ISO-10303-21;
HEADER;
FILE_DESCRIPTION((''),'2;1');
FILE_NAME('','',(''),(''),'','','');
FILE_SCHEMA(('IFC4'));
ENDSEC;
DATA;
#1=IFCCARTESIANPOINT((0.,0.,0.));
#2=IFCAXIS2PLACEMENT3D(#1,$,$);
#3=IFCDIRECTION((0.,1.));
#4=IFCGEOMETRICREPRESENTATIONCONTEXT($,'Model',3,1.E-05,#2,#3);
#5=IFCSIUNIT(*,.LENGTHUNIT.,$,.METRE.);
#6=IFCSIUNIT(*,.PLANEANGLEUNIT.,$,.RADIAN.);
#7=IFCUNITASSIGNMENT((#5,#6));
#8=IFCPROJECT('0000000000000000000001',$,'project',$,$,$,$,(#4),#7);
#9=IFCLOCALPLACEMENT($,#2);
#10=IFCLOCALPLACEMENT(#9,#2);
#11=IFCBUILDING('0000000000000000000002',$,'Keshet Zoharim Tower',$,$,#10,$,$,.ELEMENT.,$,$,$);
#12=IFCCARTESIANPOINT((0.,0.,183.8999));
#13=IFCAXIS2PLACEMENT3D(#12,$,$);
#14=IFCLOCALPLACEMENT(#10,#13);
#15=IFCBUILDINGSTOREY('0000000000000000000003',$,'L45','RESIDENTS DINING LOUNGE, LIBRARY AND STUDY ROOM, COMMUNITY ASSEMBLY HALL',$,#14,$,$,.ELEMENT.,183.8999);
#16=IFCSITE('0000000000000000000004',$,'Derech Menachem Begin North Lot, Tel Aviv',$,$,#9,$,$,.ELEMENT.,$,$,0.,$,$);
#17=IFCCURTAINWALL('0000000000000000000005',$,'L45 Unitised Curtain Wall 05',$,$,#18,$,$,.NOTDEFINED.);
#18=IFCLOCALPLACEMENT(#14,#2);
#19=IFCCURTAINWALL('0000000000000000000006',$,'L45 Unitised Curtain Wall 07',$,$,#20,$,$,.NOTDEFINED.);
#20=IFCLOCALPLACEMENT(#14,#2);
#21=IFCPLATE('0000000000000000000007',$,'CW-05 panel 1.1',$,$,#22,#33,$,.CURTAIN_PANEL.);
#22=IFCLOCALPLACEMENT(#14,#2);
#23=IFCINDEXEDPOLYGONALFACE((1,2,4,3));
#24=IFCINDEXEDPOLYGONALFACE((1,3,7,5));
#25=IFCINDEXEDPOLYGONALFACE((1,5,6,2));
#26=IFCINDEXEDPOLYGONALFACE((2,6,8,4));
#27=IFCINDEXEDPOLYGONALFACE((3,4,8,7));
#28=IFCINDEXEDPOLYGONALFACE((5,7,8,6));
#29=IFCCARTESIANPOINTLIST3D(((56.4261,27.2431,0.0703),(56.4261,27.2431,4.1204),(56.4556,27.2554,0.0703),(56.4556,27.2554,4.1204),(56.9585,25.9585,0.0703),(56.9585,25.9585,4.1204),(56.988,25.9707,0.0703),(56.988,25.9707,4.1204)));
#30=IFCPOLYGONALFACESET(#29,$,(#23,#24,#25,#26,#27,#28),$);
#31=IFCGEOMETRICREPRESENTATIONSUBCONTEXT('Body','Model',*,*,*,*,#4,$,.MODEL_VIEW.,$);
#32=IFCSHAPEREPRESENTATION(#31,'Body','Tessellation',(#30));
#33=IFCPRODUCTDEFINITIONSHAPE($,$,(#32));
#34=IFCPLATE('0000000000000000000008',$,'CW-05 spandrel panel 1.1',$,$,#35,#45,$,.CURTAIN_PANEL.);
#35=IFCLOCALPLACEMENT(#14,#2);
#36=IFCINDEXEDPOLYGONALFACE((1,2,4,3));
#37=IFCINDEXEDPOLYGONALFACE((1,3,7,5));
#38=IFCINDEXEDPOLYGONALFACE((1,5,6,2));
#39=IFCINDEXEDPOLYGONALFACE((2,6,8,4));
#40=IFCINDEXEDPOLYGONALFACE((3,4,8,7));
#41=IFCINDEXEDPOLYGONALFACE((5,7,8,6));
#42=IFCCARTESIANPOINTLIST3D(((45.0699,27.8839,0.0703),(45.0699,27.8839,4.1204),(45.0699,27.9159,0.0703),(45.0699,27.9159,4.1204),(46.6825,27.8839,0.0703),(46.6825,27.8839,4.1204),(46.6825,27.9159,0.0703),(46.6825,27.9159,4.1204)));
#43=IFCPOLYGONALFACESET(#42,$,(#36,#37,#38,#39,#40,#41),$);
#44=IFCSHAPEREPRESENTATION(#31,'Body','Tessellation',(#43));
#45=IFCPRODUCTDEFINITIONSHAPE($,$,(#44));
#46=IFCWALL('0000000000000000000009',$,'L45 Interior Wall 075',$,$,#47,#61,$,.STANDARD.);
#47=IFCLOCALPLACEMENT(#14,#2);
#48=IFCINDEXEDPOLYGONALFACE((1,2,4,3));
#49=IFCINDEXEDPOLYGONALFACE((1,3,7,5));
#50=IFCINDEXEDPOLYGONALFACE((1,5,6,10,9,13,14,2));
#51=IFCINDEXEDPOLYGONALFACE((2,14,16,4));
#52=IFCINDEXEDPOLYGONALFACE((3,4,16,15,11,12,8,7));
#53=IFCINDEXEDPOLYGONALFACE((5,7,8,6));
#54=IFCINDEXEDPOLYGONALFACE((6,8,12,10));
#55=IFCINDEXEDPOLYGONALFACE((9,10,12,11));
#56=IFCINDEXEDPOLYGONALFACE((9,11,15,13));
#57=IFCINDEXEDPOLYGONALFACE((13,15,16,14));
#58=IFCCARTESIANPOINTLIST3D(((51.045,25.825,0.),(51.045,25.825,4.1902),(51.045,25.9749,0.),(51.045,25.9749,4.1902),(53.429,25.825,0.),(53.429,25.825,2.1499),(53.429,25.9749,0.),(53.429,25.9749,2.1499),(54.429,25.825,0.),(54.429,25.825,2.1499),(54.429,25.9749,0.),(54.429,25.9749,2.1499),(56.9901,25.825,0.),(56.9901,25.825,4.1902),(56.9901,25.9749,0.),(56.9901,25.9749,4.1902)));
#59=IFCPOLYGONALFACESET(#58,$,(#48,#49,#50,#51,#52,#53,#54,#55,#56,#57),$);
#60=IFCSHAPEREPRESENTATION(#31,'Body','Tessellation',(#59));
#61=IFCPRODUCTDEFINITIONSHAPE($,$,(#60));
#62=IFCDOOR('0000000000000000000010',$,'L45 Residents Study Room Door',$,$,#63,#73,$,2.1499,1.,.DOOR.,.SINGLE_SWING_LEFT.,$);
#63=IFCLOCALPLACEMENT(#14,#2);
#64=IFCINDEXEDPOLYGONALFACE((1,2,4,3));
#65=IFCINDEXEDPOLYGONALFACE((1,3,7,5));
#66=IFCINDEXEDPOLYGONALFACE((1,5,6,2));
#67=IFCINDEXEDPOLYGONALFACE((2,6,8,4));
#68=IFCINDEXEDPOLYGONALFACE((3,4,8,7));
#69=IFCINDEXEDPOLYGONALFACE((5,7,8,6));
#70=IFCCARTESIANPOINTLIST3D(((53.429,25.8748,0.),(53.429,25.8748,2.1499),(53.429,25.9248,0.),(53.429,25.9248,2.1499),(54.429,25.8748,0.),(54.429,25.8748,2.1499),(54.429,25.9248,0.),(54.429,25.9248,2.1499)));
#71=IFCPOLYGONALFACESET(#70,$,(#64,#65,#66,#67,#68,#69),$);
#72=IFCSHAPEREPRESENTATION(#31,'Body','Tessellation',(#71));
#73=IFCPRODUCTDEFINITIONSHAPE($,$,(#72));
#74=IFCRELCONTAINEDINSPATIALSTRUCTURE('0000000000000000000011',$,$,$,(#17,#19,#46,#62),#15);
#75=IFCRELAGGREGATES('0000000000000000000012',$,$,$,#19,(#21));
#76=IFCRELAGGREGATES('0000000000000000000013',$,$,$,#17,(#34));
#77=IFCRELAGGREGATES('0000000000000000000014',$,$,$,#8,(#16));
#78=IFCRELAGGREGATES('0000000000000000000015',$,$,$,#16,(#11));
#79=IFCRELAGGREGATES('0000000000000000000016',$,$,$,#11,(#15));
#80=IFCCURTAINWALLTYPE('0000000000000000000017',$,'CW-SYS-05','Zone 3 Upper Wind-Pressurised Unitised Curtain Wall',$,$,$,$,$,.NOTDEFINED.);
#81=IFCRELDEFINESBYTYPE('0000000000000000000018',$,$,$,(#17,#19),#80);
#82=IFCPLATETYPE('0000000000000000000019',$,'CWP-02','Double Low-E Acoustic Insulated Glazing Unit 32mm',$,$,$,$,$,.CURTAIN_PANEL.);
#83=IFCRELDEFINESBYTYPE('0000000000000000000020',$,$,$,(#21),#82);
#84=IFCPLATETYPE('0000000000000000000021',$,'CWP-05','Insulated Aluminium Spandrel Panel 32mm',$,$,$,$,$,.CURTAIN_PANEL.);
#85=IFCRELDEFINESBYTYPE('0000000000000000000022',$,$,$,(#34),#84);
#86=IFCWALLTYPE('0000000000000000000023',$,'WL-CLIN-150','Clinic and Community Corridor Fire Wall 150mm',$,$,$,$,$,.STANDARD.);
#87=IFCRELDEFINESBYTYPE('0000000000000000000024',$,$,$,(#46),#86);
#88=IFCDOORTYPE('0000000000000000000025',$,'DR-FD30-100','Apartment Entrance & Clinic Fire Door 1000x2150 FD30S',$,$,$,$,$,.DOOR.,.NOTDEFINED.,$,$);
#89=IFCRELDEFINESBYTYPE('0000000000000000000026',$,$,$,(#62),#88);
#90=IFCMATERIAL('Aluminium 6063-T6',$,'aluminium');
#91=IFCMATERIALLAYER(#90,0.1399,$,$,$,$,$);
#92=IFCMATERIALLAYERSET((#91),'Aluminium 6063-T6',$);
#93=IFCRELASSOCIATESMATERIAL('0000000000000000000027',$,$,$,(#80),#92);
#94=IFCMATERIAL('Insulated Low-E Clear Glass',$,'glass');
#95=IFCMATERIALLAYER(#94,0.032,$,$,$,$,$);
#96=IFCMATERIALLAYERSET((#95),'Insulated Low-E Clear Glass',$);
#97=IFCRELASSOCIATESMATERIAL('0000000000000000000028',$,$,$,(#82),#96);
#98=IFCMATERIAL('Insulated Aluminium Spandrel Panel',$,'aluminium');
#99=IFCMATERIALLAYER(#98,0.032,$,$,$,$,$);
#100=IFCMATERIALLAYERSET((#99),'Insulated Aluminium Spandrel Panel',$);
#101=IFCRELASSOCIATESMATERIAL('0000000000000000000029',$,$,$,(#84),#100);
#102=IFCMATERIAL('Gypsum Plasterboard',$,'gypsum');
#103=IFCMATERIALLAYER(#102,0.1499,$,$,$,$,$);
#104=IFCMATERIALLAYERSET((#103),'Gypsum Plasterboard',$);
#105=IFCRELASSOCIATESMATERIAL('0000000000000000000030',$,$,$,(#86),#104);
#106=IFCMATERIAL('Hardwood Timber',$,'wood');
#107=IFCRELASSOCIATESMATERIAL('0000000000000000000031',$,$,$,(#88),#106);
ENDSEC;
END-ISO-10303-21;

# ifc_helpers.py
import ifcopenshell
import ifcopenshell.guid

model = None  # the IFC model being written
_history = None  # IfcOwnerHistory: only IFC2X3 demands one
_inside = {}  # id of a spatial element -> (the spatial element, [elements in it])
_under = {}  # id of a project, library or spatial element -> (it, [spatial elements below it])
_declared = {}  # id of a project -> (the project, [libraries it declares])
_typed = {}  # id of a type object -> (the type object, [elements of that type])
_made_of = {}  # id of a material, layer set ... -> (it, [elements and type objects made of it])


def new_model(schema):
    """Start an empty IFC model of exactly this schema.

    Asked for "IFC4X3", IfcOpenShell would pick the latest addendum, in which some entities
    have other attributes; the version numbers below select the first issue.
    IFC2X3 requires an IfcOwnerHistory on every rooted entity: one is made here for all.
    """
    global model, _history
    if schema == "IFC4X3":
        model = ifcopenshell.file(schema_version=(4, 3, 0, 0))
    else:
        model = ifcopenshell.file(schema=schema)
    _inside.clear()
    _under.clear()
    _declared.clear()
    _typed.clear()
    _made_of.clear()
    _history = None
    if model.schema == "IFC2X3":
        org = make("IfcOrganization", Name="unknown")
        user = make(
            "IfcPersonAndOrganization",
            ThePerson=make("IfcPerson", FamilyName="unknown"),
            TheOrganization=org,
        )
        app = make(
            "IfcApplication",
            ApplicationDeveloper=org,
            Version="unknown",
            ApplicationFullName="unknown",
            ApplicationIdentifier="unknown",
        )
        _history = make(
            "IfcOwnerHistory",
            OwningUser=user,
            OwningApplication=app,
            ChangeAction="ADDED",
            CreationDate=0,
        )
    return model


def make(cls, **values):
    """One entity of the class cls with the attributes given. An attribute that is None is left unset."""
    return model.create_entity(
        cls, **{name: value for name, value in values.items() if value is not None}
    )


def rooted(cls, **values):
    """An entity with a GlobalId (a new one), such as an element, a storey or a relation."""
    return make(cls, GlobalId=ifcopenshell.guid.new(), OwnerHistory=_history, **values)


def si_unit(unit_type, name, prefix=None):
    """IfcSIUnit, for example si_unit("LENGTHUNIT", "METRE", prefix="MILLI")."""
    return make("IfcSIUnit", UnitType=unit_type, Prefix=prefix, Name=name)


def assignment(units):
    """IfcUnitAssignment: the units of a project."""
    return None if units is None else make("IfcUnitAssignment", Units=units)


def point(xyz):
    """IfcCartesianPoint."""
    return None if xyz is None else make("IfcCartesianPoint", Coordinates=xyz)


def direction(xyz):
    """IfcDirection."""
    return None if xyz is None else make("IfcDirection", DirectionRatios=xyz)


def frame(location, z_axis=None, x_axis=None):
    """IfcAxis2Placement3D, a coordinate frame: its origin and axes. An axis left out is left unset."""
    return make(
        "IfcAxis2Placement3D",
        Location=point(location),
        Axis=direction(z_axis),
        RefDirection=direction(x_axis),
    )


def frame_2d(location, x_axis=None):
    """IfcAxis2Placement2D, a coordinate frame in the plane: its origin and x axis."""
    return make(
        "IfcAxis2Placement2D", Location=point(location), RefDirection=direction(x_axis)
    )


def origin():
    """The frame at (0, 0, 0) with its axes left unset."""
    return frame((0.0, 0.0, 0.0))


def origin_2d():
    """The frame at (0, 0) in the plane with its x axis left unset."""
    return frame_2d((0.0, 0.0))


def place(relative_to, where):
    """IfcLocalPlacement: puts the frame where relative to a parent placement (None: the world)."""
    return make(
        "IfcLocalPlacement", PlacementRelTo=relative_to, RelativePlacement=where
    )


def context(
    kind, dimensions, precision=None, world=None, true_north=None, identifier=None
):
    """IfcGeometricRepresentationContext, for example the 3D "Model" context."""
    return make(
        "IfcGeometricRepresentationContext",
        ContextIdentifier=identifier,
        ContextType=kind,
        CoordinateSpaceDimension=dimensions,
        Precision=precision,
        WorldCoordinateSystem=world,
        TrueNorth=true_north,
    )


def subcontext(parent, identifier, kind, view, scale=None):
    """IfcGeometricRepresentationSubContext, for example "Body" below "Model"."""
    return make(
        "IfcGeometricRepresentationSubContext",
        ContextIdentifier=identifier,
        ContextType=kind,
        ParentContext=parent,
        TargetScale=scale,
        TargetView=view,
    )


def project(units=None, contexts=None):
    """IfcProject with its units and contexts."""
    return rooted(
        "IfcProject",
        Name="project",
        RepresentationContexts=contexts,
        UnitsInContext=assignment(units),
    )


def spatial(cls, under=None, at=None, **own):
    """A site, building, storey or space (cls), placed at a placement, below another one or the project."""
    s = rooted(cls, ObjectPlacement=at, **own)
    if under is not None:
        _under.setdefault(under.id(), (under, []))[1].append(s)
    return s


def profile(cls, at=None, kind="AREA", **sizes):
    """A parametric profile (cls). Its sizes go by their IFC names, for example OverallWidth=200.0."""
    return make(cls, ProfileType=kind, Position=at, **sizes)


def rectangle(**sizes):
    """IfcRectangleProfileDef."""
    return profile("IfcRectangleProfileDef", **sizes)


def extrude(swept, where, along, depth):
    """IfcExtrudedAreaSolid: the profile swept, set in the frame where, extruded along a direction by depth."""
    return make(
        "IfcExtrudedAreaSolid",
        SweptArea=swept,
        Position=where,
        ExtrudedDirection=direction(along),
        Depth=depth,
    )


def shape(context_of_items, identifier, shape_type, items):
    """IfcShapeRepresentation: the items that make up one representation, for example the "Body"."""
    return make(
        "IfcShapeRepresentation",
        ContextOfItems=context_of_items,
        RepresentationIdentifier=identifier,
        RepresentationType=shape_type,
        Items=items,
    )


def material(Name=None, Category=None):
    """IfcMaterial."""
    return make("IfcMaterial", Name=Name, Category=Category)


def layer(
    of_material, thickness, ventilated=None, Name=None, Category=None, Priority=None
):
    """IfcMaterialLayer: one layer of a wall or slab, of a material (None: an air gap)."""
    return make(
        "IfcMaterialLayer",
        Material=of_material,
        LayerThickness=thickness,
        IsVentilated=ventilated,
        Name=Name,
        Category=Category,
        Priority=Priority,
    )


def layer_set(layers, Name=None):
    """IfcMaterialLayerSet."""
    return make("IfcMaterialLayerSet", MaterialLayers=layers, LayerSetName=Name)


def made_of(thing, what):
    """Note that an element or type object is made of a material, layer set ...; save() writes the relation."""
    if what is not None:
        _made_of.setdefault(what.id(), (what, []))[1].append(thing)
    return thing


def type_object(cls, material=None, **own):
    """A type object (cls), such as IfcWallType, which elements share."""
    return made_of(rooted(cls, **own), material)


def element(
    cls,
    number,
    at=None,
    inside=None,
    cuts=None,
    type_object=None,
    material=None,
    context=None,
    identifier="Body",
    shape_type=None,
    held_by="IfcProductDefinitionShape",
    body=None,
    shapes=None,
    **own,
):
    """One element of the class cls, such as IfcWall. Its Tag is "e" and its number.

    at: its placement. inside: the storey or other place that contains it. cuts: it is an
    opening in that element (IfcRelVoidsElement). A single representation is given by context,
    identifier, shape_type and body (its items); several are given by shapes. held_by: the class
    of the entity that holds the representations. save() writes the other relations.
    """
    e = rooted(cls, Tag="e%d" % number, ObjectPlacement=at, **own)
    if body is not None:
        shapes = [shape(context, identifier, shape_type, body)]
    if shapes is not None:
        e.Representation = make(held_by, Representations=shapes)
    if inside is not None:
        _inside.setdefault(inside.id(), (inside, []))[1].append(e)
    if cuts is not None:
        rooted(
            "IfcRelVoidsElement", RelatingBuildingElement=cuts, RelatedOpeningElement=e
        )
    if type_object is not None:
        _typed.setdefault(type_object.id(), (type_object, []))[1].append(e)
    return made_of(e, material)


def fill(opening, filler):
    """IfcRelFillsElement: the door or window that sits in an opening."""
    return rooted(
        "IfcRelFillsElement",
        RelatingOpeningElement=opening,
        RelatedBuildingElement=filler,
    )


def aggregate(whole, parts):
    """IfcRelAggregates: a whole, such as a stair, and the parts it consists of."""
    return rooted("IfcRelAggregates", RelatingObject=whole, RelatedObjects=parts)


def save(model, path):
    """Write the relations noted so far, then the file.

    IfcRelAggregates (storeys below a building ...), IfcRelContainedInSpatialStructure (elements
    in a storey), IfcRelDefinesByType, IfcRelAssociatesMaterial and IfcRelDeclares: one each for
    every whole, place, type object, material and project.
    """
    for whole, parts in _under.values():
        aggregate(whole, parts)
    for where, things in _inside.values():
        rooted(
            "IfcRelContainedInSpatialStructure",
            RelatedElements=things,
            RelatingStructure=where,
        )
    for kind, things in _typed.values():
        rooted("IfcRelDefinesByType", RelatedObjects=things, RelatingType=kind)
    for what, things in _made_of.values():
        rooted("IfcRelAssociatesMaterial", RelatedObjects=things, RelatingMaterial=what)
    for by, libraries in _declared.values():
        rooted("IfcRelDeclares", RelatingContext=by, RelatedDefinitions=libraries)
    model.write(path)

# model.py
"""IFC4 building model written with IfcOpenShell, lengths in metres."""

from ifc_helpers import new_model, si_unit, direction, frame, frame_2d, origin, origin_2d, place, context, subcontext, project, spatial, rectangle, extrude, material, layer, layer_set, type_object, element, fill, aggregate, save


model = new_model("IFC4")

# Units and contexts
model_context = context("Model", 3, precision=1e-05, world=origin(), true_north=direction((0.0, 1.0)))
body_context = subcontext(model_context, "Body", "Model", "MODEL_VIEW")
ifc_project = project(units=[si_unit("LENGTHUNIT", "METRE"), si_unit("PLANEANGLEUNIT", "RADIAN")], contexts=[model_context])

# Site, building, storey
site_placement = place(None, origin())
site = spatial("IfcSite", under=ifc_project, at=site_placement, Name="Derech Menachem Begin North Lot, Tel Aviv", CompositionType="ELEMENT", RefElevation=0.0)
building_placement = place(site_placement, origin())
building = spatial("IfcBuilding", under=site, at=building_placement, Name="Keshet Zoharim Tower", CompositionType="ELEMENT")
storey_placement = place(building_placement, frame((0.0, 0.0, 183.8999)))
storey = spatial("IfcBuildingStorey", under=building, at=storey_placement, Name="L45", Description="RESIDENTS DINING LOUNGE, LIBRARY AND STUDY ROOM, COMMUNITY ASSEMBLY HALL", CompositionType="ELEMENT", Elevation=183.8999)

# Curtain wall
ifc_material_1 = material(Name="Aluminium 6063-T6", Category="aluminium")
ifc_layer_1 = layer(ifc_material_1, 0.1399)
ifc_layer_set_1 = layer_set([ifc_layer_1], Name="Aluminium 6063-T6")
curtain_wall_type = type_object("IfcCurtainWallType", Name="CW-SYS-05", Description="Zone 3 Upper Wind-Pressurised Unitised Curtain Wall", PredefinedType="NOTDEFINED", material=ifc_layer_set_1)
curtain_wall_1_placement = place(storey_placement, origin())
curtain_wall_1 = element("IfcCurtainWall", 1, at=curtain_wall_1_placement, inside=storey, type_object=curtain_wall_type, Name="L45 Unitised Curtain Wall 05", PredefinedType="NOTDEFINED")

# Curtain wall
curtain_wall_2_placement = place(storey_placement, origin())
curtain_wall_2 = element("IfcCurtainWall", 2, at=curtain_wall_2_placement, inside=storey, type_object=curtain_wall_type, Name="L45 Unitised Curtain Wall 07", PredefinedType="NOTDEFINED")

# Plates
ifc_material_2 = material(Name="Insulated Low-E Clear Glass", Category="glass")
ifc_layer_2 = layer(ifc_material_2, 0.032)
ifc_layer_set_2 = layer_set([ifc_layer_2], Name="Insulated Low-E Clear Glass")
plate_type_1 = type_object("IfcPlateType", Name="CWP-02", Description="Double Low-E Acoustic Insulated Glazing Unit 32mm", PredefinedType="CURTAIN_PANEL", material=ifc_layer_set_2)
plate_1_placement = place(storey_placement, frame((56.707, 26.6069, 0.0703), z_axis=(0.0, 0.0, 1.0), x_axis=(0.382852, -0.92381, 0.0)))
plate_1 = element("IfcPlate", 3, at=plate_1_placement, type_object=plate_type_1, Name="CW-05 panel 1.1", PredefinedType="CURTAIN_PANEL", context=body_context, shape_type="SweptSolid", body=[
    extrude(rectangle(XDim=1.3906, YDim=0.032, at=origin_2d()), origin(), (0.0, 0.0, 1.0), 4.05),
])
aggregate(curtain_wall_2, [plate_1])
ifc_material_3 = material(Name="Insulated Aluminium Spandrel Panel", Category="aluminium")
ifc_layer_3 = layer(ifc_material_3, 0.032)
ifc_layer_set_3 = layer_set([ifc_layer_3], Name="Insulated Aluminium Spandrel Panel")
plate_type_2 = type_object("IfcPlateType", Name="CWP-05", Description="Insulated Aluminium Spandrel Panel 32mm", PredefinedType="CURTAIN_PANEL", material=ifc_layer_set_3)
plate_2_placement = place(storey_placement, frame((45.8762, 27.8999, 0.0703), z_axis=(0.0, 0.0, 1.0), x_axis=(1.0, 0.0, 0.0)))
plate_2 = element("IfcPlate", 4, at=plate_2_placement, type_object=plate_type_2, Name="CW-05 spandrel panel 1.1", PredefinedType="CURTAIN_PANEL", context=body_context, shape_type="SweptSolid", body=[
    extrude(rectangle(XDim=1.6125, YDim=0.032, at=origin_2d()), origin(), (0.0, 0.0, 1.0), 4.05),
])
aggregate(curtain_wall_1, [plate_2])

# Wall, opening, door
ifc_material_4 = material(Name="Gypsum Plasterboard", Category="gypsum")
ifc_layer_4 = layer(ifc_material_4, 0.1499)
ifc_layer_set_4 = layer_set([ifc_layer_4], Name="Gypsum Plasterboard")
wall_type = type_object("IfcWallType", Name="WL-CLIN-150", Description="Clinic and Community Corridor Fire Wall 150mm", PredefinedType="STANDARD", material=ifc_layer_set_4)
wall_placement = place(storey_placement, frame((51.0449, 25.8999, 0.0), z_axis=(0.0, 0.0, 1.0), x_axis=(1.0, 0.0, 0.0)))
wall = element("IfcWall", 5, at=wall_placement, inside=storey, type_object=wall_type, Name="L45 Interior Wall 075", PredefinedType="STANDARD", context=body_context, shape_type="SweptSolid", body=[
    extrude(rectangle(XDim=5.9451, YDim=0.1499, at=frame_2d((2.9727, 0.0))), origin(), (0.0, 0.0, 1.0), 4.1902),
])
opening_placement = place(wall_placement, frame((2.384, 0.0, 0.0)))
opening = element("IfcOpeningElement", 6, at=opening_placement, cuts=wall, PredefinedType="OPENING", context=body_context, shape_type="SweptSolid", body=[
    extrude(rectangle(XDim=1.0, YDim=2.1499, at=frame_2d((0.5, 1.075))), frame((0.0, 0.085, 0.0), z_axis=(0.0, -1.0, 0.0), x_axis=(1.0, 0.0, 0.0)), (0.0, 0.0, 1.0), 0.1699),
])
ifc_material_5 = material(Name="Hardwood Timber", Category="wood")
door_type = type_object("IfcDoorType", Name="DR-FD30-100", Description="Apartment Entrance & Clinic Fire Door 1000x2150 FD30S", OperationType="NOTDEFINED", PredefinedType="DOOR", material=ifc_material_5)
door_placement = place(opening_placement, origin())
door = element("IfcDoor", 7, at=door_placement, inside=storey, type_object=door_type, Name="L45 Residents Study Room Door", OperationType="SINGLE_SWING_LEFT", OverallHeight=2.1499, OverallWidth=1.0, PredefinedType="DOOR", context=body_context, shape_type="SweptSolid", body=[
    extrude(rectangle(XDim=1.0, YDim=2.1499, at=frame_2d((0.5, 1.075))), frame((0.0, 0.0249, 0.0), z_axis=(0.0, -1.0, 0.0), x_axis=(1.0, 0.0, 0.0)), (0.0, 0.0, 1.0), 0.05),
])
fill(opening, door)

save(model, "model.ifc")
